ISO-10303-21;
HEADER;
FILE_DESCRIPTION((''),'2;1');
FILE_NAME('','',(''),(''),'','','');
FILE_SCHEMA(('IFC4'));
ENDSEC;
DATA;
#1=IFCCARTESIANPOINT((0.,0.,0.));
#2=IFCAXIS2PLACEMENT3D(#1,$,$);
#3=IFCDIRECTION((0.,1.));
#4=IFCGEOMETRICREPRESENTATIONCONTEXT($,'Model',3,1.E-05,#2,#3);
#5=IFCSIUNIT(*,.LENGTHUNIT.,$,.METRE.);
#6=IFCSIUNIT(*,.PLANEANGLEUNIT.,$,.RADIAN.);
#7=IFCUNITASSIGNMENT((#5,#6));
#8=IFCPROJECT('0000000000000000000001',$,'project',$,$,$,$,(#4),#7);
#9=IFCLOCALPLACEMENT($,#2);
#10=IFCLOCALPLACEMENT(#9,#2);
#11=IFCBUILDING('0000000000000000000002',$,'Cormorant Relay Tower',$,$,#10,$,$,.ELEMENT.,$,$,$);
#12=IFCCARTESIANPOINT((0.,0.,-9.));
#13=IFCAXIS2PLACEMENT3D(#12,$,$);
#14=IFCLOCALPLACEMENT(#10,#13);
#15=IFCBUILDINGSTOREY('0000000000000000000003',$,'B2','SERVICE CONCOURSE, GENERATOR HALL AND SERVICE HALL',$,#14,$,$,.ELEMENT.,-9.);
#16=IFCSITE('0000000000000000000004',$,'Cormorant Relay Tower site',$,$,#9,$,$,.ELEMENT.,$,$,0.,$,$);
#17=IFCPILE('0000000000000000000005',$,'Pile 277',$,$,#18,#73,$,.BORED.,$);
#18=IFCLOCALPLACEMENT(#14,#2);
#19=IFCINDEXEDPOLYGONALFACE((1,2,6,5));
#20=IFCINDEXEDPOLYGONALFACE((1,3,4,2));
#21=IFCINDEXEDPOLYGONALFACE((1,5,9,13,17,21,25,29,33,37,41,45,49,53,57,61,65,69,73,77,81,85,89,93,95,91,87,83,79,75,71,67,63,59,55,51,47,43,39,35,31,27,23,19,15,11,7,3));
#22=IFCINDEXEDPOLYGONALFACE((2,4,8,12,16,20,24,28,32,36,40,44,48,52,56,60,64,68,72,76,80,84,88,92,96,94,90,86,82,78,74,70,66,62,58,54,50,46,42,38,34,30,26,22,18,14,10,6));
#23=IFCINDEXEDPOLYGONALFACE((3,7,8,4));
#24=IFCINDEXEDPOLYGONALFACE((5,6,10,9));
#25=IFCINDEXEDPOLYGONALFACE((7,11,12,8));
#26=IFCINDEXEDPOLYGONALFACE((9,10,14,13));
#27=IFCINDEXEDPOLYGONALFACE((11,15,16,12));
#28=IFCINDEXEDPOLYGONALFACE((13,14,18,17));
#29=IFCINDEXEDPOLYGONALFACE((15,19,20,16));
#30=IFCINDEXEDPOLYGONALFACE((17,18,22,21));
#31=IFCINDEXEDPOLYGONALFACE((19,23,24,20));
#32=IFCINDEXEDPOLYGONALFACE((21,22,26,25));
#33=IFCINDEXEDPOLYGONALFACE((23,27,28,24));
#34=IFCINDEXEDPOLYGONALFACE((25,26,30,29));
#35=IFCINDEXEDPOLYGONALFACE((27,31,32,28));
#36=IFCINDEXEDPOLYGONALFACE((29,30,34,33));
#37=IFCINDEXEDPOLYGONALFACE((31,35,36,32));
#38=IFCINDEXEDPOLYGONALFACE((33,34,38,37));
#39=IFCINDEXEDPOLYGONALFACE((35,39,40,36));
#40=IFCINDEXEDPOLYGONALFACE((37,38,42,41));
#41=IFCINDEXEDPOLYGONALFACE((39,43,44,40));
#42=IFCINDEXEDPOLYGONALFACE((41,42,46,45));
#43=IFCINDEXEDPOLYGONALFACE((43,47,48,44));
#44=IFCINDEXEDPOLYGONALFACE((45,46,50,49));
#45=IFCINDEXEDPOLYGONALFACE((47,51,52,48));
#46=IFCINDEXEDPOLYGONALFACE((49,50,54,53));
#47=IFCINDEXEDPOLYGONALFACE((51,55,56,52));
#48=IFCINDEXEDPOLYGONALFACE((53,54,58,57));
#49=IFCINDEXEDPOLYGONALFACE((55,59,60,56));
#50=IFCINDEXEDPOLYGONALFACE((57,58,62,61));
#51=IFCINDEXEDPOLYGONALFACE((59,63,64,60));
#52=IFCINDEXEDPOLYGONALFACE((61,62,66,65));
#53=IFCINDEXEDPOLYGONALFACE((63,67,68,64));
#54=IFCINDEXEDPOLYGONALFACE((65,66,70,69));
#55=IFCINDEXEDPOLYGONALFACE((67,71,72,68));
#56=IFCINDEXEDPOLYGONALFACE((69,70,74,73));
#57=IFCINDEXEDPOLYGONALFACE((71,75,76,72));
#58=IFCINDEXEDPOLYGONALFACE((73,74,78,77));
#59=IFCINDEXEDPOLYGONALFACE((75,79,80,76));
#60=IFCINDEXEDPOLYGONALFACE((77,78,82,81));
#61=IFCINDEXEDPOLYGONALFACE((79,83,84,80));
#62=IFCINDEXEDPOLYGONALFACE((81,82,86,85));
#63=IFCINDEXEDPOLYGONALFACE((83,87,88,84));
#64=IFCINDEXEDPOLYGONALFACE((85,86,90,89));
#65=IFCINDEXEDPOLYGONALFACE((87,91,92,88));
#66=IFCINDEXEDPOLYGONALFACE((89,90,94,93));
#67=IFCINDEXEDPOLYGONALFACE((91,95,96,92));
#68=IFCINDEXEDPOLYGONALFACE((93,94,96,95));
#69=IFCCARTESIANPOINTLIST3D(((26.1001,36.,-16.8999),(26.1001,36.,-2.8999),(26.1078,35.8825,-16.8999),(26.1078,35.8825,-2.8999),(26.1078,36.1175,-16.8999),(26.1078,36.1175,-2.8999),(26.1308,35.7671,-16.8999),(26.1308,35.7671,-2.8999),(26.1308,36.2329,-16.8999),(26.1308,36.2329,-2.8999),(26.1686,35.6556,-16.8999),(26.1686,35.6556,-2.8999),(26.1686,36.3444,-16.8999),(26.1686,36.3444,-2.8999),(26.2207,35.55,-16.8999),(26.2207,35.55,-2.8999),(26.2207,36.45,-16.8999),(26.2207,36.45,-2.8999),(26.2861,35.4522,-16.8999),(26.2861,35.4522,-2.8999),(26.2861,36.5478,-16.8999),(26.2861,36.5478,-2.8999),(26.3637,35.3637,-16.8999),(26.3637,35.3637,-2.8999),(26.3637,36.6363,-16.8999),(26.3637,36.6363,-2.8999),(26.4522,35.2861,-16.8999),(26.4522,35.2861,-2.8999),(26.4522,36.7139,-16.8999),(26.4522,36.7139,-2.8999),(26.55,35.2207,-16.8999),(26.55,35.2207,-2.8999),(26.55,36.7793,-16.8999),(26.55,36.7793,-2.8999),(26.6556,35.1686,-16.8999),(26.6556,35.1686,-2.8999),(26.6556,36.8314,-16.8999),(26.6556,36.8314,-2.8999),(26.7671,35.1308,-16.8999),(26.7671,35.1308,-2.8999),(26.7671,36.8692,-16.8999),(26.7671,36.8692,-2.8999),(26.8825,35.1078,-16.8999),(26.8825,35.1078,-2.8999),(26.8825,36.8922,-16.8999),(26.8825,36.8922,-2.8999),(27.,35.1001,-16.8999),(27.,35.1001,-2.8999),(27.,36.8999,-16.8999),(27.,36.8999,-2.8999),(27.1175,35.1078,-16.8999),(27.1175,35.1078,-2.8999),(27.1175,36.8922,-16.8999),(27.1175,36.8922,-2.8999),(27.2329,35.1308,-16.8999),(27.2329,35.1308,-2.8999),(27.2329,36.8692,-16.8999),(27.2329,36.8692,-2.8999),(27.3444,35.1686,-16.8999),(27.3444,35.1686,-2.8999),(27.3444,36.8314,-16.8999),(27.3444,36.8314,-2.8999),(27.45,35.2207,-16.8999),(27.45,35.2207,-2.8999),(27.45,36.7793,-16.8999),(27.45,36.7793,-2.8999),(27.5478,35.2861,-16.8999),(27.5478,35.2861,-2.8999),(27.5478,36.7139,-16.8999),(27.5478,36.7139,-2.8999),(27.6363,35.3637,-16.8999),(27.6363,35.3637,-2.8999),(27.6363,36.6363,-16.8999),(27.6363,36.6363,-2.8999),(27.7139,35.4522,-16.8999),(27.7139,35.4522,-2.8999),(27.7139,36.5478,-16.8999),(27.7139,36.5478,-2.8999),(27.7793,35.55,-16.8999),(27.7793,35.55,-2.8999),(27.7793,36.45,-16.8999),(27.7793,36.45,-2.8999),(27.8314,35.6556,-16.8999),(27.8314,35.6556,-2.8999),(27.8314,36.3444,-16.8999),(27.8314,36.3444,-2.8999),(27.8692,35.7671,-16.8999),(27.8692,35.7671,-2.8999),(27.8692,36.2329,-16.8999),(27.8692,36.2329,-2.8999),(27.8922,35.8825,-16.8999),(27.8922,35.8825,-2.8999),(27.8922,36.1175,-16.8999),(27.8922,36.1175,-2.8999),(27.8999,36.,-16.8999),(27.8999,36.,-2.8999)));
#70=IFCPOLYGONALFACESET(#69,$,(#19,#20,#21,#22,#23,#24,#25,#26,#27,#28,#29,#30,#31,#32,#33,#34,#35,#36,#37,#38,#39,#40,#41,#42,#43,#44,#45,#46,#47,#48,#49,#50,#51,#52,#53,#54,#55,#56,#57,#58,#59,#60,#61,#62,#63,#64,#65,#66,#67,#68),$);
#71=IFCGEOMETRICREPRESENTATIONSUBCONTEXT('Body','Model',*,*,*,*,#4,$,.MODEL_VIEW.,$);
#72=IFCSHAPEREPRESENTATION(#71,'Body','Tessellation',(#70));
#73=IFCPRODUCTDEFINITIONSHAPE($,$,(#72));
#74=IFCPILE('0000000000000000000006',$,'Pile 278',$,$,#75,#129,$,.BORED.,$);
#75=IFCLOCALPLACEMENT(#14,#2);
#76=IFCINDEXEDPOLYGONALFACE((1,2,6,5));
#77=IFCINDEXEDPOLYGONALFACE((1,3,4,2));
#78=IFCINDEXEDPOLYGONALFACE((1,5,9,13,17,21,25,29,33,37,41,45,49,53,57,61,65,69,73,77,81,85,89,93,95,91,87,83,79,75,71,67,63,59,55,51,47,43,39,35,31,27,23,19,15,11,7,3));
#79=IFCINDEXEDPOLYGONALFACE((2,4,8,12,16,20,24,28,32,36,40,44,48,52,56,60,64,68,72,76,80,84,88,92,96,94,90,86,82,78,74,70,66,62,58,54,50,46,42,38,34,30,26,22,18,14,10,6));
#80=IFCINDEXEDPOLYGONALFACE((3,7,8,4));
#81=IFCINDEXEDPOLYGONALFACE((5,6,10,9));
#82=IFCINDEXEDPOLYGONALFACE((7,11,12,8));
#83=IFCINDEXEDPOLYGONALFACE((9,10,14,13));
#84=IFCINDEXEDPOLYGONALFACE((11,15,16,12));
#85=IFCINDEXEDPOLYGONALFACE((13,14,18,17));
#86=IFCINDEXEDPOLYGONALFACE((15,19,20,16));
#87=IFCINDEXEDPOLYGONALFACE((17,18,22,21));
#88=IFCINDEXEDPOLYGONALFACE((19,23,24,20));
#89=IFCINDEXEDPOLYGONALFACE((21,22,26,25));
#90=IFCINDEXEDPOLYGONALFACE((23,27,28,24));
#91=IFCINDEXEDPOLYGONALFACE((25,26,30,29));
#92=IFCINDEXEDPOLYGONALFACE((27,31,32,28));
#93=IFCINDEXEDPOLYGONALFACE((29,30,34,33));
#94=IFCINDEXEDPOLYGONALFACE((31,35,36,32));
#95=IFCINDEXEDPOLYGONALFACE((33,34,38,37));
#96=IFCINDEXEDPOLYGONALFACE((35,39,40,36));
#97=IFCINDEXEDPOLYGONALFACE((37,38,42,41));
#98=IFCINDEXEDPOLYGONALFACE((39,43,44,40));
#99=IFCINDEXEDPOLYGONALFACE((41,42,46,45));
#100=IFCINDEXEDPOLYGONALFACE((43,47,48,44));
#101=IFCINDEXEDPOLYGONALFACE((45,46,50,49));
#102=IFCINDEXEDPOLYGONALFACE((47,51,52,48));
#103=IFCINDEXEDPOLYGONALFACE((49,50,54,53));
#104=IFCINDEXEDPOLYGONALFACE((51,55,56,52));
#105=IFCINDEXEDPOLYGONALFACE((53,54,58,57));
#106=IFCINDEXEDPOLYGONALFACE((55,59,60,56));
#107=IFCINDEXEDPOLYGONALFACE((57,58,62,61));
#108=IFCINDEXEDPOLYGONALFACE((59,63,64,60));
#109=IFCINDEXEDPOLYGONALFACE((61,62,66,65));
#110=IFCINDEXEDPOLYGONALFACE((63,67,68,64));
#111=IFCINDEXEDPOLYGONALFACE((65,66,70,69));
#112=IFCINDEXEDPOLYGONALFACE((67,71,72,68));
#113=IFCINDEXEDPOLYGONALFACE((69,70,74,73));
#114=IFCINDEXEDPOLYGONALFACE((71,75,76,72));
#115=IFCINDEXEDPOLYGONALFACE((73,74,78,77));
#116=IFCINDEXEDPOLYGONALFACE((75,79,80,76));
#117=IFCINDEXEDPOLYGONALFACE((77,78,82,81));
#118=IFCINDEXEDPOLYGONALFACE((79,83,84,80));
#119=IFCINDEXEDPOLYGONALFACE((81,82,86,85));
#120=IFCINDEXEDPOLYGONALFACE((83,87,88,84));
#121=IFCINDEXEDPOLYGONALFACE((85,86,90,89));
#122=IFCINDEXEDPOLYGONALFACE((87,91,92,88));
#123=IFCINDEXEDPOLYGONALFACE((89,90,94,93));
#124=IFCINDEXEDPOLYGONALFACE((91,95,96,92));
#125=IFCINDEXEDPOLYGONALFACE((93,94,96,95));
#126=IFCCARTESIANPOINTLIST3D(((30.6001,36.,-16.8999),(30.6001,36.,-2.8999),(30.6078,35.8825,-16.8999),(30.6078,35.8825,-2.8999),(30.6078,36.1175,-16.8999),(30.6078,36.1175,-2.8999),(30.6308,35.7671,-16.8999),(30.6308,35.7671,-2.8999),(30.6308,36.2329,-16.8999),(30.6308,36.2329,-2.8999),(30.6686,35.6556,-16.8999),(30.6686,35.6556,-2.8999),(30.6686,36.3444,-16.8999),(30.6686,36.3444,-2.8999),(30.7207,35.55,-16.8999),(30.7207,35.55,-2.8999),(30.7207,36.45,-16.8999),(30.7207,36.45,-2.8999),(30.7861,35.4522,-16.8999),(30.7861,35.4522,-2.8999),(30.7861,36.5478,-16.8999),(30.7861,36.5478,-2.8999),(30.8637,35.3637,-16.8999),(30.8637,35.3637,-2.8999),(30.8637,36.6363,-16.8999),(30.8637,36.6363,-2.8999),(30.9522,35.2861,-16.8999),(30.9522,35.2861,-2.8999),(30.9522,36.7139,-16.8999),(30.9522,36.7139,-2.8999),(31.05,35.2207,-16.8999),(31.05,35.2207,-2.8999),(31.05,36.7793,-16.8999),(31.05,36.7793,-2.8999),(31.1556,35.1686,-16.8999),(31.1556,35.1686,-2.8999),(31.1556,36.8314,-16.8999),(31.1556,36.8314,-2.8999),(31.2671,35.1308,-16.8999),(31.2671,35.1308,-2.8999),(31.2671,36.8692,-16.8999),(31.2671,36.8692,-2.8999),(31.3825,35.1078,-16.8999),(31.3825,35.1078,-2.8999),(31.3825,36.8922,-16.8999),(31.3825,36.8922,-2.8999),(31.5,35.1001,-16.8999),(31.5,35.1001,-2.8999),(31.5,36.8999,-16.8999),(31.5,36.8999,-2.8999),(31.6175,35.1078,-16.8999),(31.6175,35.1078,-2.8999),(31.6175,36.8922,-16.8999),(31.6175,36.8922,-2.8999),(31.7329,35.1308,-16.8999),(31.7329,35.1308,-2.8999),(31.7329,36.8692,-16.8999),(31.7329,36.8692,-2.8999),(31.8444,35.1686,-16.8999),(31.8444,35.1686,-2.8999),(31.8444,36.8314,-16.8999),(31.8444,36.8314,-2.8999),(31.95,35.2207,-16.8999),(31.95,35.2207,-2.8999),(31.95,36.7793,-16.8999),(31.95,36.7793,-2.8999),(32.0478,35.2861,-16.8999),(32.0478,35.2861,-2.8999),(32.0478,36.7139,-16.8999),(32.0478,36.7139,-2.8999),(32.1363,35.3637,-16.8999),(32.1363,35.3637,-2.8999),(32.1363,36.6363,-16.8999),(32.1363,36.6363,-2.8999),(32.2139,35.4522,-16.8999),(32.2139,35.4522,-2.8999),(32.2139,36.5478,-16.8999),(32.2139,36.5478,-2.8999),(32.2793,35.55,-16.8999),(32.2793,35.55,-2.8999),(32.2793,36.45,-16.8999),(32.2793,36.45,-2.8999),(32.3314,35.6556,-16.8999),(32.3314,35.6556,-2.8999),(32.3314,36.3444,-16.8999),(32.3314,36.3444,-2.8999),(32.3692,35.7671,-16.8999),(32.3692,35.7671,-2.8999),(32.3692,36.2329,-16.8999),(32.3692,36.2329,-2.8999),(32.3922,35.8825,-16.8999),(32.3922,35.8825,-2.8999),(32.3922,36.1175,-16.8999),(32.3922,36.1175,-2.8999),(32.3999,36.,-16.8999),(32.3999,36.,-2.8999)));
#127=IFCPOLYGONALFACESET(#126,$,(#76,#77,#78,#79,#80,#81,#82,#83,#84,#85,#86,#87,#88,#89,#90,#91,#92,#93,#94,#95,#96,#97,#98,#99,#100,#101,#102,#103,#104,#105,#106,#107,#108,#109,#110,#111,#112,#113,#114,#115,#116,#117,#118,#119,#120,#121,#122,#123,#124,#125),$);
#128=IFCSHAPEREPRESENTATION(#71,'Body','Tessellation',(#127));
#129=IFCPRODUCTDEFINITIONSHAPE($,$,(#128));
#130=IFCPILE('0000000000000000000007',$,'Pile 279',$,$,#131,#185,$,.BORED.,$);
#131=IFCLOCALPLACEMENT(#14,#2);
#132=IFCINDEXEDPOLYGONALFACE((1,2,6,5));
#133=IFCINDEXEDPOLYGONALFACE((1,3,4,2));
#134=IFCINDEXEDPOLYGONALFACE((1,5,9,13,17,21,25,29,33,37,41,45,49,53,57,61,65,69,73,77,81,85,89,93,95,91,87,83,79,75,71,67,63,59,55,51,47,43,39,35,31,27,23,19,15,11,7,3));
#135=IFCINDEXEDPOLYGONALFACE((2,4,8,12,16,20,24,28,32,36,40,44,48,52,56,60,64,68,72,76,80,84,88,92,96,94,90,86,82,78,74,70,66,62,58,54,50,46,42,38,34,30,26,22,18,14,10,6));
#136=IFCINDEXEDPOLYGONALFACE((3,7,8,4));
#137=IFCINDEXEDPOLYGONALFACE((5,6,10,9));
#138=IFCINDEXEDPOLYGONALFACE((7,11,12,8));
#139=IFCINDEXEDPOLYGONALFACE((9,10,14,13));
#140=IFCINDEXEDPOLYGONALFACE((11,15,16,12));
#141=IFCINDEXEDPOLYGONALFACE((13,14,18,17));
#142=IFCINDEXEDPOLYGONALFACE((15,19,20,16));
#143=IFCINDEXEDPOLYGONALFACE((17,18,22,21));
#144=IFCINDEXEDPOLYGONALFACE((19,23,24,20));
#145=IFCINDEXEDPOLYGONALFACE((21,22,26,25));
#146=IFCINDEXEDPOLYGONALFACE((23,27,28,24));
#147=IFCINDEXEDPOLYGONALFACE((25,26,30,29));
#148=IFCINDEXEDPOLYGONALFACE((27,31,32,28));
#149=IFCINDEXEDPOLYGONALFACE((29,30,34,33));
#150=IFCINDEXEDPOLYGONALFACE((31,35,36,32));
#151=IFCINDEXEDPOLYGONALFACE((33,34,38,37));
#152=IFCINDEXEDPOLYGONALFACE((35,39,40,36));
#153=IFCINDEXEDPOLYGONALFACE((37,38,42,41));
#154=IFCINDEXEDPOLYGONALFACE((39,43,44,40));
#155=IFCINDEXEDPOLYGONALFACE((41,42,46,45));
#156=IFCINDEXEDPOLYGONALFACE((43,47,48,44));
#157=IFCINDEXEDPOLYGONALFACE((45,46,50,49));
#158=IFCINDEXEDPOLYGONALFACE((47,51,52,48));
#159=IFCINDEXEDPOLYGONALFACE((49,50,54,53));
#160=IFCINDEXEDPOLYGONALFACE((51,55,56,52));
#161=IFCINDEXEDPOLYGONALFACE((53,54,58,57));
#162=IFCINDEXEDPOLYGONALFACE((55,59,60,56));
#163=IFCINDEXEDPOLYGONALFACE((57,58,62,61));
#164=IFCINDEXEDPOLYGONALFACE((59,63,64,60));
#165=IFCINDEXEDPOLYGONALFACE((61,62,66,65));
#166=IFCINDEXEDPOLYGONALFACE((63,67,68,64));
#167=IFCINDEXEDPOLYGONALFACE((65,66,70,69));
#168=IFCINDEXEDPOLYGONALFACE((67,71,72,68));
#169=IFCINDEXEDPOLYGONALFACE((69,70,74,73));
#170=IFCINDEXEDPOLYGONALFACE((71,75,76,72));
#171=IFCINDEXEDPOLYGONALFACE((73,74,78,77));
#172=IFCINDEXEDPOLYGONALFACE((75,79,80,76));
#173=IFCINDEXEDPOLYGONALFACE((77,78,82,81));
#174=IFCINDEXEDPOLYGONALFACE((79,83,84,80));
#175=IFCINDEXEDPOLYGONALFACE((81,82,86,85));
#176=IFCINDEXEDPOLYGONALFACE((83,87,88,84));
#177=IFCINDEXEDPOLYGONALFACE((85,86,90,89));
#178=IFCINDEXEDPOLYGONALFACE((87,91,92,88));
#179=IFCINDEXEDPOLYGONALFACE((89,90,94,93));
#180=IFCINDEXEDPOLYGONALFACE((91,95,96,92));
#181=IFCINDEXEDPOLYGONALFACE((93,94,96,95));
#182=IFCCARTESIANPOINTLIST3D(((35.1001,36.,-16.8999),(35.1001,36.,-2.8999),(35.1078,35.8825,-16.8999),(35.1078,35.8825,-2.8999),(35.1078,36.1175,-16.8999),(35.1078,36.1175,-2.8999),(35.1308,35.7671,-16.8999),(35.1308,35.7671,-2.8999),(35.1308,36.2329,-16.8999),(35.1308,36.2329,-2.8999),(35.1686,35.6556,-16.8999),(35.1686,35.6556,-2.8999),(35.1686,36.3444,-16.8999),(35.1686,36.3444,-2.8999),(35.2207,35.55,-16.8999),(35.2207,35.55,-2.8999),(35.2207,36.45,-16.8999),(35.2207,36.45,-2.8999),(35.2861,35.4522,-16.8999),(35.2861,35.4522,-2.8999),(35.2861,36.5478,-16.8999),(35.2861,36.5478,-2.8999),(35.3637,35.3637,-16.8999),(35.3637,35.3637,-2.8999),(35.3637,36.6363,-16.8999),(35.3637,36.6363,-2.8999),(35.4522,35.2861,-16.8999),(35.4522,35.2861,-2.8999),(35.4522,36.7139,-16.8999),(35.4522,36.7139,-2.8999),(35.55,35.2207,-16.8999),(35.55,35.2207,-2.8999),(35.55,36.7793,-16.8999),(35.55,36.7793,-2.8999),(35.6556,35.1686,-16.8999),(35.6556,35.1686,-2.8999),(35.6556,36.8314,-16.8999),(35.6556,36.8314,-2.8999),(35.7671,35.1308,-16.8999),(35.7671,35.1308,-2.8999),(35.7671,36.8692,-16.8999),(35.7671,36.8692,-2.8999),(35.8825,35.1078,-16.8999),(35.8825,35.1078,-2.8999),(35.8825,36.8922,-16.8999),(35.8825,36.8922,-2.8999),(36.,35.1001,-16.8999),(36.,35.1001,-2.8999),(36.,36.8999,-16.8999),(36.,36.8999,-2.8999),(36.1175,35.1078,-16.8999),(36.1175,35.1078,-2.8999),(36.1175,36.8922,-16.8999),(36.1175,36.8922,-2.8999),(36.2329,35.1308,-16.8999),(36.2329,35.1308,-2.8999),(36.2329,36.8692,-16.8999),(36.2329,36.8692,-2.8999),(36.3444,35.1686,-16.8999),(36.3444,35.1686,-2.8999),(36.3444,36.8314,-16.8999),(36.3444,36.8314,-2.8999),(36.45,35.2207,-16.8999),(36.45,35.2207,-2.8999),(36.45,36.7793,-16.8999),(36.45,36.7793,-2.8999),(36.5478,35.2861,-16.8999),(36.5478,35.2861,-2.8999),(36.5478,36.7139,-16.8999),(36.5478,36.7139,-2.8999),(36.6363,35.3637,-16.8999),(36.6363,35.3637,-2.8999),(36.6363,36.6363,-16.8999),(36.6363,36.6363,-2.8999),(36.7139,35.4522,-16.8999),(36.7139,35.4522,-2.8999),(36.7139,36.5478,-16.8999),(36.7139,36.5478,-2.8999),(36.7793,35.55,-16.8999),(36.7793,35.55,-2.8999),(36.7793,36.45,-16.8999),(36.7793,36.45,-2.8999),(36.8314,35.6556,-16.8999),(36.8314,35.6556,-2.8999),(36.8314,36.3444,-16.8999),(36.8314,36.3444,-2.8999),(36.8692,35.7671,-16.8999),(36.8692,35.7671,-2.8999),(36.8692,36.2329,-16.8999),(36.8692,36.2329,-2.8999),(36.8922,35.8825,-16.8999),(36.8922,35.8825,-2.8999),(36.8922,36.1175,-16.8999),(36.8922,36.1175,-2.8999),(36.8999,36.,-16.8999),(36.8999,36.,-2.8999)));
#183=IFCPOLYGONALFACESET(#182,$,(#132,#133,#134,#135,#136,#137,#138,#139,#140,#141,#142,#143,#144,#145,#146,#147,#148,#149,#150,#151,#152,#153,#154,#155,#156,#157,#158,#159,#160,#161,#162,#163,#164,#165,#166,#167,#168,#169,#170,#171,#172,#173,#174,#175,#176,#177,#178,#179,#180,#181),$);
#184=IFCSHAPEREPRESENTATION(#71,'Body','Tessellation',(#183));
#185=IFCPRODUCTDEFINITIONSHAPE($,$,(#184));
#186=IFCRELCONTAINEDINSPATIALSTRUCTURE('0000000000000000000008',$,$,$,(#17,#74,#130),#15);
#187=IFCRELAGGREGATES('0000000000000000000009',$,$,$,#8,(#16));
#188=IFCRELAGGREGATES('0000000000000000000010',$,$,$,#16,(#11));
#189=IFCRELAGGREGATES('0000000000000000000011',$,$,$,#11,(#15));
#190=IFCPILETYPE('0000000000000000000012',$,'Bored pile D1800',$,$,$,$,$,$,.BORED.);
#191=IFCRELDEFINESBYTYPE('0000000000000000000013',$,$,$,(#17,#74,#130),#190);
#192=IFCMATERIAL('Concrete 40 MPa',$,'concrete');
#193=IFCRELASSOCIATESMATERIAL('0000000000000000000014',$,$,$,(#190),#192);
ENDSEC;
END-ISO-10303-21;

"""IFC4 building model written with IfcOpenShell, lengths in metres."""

from ifc_helpers import new_model, si_unit, direction, frame, origin, origin_2d, place, context, subcontext, project, spatial, circle, extrude, material, material_profile, profile_set, type_object, element, save


model = new_model("IFC4")

# Units and contexts
model_context = context("Model", 3, precision=1e-05, world=origin(), true_north=direction((0.0, 1.0)))
body_context = subcontext(model_context, "Body", "Model", "MODEL_VIEW")
ifc_project = project(units=[si_unit("LENGTHUNIT", "METRE"), si_unit("PLANEANGLEUNIT", "RADIAN")], contexts=[model_context])

# Site, building, storey
site_placement = place(None, origin())
site = spatial("IfcSite", under=ifc_project, at=site_placement, Name="Cormorant Relay Tower site", CompositionType="ELEMENT", RefElevation=0.0)
building_placement = place(site_placement, origin())
building = spatial("IfcBuilding", under=site, at=building_placement, Name="Cormorant Relay Tower", CompositionType="ELEMENT")
storey_placement = place(building_placement, frame((0.0, 0.0, -9.0)))
storey = spatial("IfcBuildingStorey", under=building, at=storey_placement, Name="B2", Description="SERVICE CONCOURSE, GENERATOR HALL AND SERVICE HALL", CompositionType="ELEMENT", Elevation=-9.0)

# Piles
ifc_material_1 = material(Name="Concrete 40 MPa", Category="concrete")
ifc_material_profile_1 = material_profile(ifc_material_1, circle(Radius=0.8999, at=origin_2d()), Name="BP1800")
ifc_profile_set_1 = profile_set([ifc_material_profile_1], Name="Concrete 40 MPa")
pile_type = type_object("IfcPileType", Name="Bored pile D1800", PredefinedType="BORED", material=ifc_profile_set_1)
for number, where, z_axis, x_axis, name in (
    (1, (27.0, 36.0, -2.8999), (0.0, 0.0, -1.0), (1.0, 0.0, 0.0), "Pile 277"),
    (2, (31.5, 36.0, -2.8999), (0.0, 0.0, -1.0), (1.0, 0.0, 0.0), "Pile 278"),
    (3, (36.0, 36.0, -2.8999), (0.0, 0.0, -1.0), (1.0, 0.0, 0.0), "Pile 279"),
):
    element("IfcPile", number, at=place(storey_placement, frame(where, z_axis=z_axis, x_axis=x_axis)), inside=storey, type_object=pile_type, Name=name, PredefinedType="BORED", context=body_context, shape_type="SweptSolid", body=[
        extrude(circle(Radius=0.8999, at=origin_2d()), origin(), (0.0, 0.0, 1.0), 14.0),
    ])

save(model, "model.ifc")
